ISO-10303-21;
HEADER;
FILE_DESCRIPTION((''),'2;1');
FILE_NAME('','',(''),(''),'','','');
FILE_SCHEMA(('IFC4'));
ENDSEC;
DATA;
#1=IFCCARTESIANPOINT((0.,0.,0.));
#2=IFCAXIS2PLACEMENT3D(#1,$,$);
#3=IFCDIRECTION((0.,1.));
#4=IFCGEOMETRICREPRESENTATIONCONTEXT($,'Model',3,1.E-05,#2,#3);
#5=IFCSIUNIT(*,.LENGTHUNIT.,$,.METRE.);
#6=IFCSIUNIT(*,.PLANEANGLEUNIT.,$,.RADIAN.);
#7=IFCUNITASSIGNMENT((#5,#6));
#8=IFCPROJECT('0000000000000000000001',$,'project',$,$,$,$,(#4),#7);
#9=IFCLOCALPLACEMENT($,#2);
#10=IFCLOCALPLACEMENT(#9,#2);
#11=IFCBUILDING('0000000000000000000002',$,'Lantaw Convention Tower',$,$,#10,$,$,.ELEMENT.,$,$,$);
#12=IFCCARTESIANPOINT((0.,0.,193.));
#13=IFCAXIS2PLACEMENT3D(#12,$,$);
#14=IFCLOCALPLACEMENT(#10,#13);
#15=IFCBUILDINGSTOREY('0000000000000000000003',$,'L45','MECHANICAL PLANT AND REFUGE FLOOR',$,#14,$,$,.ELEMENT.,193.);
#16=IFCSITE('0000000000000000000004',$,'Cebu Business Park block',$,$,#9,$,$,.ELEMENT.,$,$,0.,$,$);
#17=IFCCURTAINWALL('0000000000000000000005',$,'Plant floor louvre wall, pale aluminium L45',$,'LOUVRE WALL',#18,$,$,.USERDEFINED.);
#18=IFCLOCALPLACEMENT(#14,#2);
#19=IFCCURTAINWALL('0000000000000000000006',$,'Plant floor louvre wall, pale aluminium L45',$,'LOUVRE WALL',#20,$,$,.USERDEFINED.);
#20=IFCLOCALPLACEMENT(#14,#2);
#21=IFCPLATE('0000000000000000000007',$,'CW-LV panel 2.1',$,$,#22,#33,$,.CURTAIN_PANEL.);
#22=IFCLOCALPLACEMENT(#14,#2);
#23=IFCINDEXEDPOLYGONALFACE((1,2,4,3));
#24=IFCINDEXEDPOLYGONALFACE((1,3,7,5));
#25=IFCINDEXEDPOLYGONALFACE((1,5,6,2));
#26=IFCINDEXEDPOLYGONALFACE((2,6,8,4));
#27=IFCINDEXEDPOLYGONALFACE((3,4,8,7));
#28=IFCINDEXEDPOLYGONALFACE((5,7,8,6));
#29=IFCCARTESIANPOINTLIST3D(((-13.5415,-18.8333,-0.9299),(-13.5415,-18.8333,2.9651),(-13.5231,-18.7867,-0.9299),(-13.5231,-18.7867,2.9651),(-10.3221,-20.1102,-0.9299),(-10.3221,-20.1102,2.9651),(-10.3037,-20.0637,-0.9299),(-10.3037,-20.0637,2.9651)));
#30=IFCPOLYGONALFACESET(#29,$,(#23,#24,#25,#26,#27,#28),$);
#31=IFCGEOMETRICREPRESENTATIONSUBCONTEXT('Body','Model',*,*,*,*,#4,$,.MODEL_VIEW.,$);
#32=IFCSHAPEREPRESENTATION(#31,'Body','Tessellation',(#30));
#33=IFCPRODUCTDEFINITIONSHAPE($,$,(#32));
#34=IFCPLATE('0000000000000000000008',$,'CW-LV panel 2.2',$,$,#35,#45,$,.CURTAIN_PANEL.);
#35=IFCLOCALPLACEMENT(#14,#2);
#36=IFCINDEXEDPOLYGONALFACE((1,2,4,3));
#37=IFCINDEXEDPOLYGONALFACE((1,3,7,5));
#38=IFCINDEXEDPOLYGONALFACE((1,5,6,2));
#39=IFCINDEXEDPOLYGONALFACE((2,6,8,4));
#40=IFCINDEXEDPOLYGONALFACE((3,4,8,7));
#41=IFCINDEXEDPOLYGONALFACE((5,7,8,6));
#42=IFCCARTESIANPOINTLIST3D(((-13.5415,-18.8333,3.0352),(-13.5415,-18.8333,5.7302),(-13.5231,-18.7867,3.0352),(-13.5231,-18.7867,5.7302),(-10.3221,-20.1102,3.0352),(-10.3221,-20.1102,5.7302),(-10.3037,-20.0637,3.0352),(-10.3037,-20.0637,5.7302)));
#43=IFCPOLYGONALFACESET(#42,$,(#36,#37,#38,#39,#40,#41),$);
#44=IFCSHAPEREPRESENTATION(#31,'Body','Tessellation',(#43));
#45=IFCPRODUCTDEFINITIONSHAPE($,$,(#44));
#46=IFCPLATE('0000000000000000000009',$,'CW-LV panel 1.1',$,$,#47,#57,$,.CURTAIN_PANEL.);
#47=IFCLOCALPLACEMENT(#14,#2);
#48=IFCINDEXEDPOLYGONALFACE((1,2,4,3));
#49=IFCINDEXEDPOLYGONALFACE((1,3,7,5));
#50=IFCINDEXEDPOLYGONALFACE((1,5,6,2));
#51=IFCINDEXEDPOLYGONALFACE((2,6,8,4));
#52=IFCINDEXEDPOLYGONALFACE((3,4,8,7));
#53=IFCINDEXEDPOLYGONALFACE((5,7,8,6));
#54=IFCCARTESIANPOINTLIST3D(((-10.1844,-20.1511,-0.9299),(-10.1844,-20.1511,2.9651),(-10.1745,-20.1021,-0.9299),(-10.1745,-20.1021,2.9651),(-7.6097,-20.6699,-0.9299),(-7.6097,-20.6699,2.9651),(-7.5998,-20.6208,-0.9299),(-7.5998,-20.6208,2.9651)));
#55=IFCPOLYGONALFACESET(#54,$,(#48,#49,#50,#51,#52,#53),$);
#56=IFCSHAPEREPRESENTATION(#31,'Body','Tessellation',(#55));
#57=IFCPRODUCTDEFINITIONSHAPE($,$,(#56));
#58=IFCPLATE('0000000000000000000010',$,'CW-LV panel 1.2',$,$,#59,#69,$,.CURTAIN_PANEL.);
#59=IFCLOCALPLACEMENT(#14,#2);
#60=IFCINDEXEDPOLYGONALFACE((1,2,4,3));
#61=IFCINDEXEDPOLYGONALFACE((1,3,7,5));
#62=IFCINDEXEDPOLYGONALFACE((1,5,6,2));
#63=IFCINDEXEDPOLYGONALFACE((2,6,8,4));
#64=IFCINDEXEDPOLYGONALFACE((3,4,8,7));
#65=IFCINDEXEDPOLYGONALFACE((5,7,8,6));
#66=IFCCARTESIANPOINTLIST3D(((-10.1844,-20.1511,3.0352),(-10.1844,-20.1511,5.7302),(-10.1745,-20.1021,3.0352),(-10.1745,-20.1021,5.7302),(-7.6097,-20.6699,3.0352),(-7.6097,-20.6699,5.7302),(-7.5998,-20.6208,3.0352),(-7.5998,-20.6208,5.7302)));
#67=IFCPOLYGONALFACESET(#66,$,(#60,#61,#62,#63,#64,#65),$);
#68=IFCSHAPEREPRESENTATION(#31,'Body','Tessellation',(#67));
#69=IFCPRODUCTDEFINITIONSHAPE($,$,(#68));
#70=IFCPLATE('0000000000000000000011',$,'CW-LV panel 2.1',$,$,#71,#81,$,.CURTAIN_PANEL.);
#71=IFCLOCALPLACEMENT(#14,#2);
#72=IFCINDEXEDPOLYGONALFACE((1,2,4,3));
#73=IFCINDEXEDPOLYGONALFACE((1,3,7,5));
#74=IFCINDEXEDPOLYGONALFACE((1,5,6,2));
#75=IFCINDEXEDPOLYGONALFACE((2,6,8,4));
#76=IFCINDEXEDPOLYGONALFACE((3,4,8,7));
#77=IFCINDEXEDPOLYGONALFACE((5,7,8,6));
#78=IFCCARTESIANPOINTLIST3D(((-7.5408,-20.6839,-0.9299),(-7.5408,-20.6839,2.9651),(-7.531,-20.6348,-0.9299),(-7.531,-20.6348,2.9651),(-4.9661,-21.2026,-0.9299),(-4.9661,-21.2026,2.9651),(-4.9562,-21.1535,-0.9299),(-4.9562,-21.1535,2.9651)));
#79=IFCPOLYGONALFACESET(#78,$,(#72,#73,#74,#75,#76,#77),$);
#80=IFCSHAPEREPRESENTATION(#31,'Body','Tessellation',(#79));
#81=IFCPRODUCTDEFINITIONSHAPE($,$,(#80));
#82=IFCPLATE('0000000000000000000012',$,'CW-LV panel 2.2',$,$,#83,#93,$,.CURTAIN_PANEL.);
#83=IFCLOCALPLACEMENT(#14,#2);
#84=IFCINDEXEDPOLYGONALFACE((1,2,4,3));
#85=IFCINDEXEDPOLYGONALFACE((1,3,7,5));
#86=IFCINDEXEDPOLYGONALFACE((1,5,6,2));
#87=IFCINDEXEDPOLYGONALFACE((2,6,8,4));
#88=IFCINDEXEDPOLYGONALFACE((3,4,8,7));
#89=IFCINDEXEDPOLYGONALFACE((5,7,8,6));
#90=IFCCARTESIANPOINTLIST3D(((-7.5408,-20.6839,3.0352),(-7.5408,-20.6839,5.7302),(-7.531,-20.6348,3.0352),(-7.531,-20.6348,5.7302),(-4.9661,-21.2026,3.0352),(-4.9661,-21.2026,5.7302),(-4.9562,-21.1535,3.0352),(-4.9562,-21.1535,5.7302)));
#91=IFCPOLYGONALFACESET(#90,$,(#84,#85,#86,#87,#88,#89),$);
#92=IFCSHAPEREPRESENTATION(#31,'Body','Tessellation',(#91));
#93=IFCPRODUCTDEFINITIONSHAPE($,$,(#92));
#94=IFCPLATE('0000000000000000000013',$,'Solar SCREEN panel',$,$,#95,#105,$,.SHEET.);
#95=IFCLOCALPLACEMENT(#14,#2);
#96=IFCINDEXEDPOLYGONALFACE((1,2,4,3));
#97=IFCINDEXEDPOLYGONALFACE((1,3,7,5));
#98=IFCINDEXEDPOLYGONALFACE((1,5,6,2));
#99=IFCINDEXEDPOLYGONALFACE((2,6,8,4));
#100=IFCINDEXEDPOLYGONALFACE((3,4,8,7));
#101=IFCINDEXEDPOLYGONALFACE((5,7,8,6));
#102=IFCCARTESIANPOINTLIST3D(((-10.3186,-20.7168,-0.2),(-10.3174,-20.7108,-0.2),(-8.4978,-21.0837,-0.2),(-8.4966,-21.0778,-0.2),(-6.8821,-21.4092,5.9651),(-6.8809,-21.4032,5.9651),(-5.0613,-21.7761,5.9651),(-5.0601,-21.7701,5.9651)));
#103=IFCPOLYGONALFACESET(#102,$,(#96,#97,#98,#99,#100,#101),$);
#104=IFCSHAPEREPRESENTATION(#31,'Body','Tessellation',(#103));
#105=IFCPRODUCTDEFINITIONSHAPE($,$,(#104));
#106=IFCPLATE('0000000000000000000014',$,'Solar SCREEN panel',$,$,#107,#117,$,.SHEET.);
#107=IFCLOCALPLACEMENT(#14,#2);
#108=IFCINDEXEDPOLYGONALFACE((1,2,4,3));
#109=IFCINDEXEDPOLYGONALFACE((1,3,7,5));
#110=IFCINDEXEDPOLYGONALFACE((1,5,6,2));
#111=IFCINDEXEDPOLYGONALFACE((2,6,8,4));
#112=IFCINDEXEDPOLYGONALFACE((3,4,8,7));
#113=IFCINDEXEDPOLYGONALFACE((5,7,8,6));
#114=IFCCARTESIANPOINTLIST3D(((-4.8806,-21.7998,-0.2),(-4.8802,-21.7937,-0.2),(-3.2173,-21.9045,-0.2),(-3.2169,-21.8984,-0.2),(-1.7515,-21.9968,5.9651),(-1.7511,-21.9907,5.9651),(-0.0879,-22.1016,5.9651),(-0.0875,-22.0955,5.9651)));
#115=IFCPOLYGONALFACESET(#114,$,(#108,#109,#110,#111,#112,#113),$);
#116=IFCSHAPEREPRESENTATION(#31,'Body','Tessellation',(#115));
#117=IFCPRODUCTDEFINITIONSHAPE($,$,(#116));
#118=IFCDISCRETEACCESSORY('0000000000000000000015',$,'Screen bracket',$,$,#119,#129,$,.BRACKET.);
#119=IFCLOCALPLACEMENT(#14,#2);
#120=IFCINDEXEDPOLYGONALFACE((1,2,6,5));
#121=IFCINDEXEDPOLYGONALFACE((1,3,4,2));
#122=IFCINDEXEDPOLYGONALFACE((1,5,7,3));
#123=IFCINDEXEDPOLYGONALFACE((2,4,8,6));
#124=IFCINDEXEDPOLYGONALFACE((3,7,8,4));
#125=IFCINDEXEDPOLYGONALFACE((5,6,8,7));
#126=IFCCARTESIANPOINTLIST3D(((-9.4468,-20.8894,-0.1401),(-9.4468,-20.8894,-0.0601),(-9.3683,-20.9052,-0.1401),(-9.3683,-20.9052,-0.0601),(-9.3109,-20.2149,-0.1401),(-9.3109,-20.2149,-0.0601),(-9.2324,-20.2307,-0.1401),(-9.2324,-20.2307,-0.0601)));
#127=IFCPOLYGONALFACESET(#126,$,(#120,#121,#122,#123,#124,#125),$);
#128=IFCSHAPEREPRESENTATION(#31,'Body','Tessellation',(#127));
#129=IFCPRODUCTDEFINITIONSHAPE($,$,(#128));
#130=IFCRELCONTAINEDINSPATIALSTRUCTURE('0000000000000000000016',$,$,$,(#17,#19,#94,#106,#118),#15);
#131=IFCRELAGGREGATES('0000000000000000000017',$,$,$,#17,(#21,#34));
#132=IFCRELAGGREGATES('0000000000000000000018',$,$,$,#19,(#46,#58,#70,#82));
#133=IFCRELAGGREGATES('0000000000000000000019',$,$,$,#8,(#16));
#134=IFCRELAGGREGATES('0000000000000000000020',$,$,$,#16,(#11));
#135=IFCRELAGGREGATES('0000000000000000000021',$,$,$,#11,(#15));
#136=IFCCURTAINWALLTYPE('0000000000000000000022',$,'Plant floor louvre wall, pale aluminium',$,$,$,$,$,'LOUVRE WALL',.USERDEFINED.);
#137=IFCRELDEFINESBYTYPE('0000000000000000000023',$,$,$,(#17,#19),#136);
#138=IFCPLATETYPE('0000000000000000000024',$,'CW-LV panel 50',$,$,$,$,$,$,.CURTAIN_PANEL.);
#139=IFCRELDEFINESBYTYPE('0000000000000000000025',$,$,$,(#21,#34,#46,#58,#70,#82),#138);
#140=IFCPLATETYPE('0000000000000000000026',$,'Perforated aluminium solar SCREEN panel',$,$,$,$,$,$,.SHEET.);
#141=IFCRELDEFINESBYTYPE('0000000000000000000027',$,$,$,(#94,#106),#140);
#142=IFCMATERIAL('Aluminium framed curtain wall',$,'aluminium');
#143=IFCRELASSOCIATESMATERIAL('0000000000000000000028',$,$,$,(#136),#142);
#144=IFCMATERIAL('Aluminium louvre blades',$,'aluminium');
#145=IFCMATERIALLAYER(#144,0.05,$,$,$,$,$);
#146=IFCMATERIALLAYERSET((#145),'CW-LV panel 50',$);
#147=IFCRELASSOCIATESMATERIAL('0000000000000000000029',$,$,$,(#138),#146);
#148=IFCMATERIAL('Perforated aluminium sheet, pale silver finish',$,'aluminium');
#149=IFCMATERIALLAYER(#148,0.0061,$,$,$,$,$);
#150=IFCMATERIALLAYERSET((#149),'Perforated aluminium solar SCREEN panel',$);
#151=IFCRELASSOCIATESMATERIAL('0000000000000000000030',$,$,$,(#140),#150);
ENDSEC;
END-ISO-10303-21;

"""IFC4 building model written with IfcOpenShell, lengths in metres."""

from ifc_helpers import new_model, si_unit, direction, frame, origin, origin_2d, place, context, subcontext, project, spatial, polyline, rectangle, outline, extrude, material, layer, layer_set, type_object, element, aggregate, save


model = new_model("IFC4")

# Units and contexts
model_context = context("Model", 3, precision=1e-05, world=origin(), true_north=direction((0.0, 1.0)))
body_context = subcontext(model_context, "Body", "Model", "MODEL_VIEW")
ifc_project = project(units=[si_unit("LENGTHUNIT", "METRE"), si_unit("PLANEANGLEUNIT", "RADIAN")], contexts=[model_context])

# Site, building, storey
site_placement = place(None, origin())
site = spatial("IfcSite", under=ifc_project, at=site_placement, Name="Cebu Business Park block", CompositionType="ELEMENT", RefElevation=0.0)
building_placement = place(site_placement, origin())
building = spatial("IfcBuilding", under=site, at=building_placement, Name="Lantaw Convention Tower", CompositionType="ELEMENT")
storey_placement = place(building_placement, frame((0.0, 0.0, 193.0)))
storey = spatial("IfcBuildingStorey", under=building, at=storey_placement, Name="L45", Description="MECHANICAL PLANT AND REFUGE FLOOR", CompositionType="ELEMENT", Elevation=193.0)

# Curtain wall
ifc_material_1 = material(Name="Aluminium framed curtain wall", Category="aluminium")
curtain_wall_type = type_object("IfcCurtainWallType", Name="Plant floor louvre wall, pale aluminium", ElementType="LOUVRE WALL", PredefinedType="USERDEFINED", material=ifc_material_1)
curtain_wall_1_placement = place(storey_placement, origin())
curtain_wall_1 = element("IfcCurtainWall", 1, at=curtain_wall_1_placement, inside=storey, type_object=curtain_wall_type, Name="Plant floor louvre wall, pale aluminium L45", ObjectType="LOUVRE WALL", PredefinedType="USERDEFINED")

# Curtain wall
curtain_wall_2_placement = place(storey_placement, origin())
curtain_wall_2 = element("IfcCurtainWall", 2, at=curtain_wall_2_placement, inside=storey, type_object=curtain_wall_type, Name="Plant floor louvre wall, pale aluminium L45", ObjectType="LOUVRE WALL", PredefinedType="USERDEFINED")

# Plates
ifc_material_2 = material(Name="Aluminium louvre blades", Category="aluminium")
ifc_layer_1 = layer(ifc_material_2, 0.05)
ifc_layer_set_1 = layer_set([ifc_layer_1], Name="CW-LV panel 50")
plate_type_1 = type_object("IfcPlateType", Name="CW-LV panel 50", PredefinedType="CURTAIN_PANEL", material=ifc_layer_set_1)
plate_1_placement = place(storey_placement, frame((-11.9226, -19.4485, -0.9299), z_axis=(0.0, 0.0, 1.0), x_axis=(0.929548, -0.368702, 0.0)))
plate_1 = element("IfcPlate", 3, at=plate_1_placement, type_object=plate_type_1, Name="CW-LV panel 2.1", PredefinedType="CURTAIN_PANEL", context=body_context, shape_type="SweptSolid", body=[
    extrude(rectangle(XDim=3.4634, YDim=0.05, at=origin_2d()), origin(), (0.0, 0.0, 1.0), 3.895),
])
plate_2_placement = place(storey_placement, frame((-11.9226, -19.4485, 3.0352), z_axis=(0.0, 0.0, 1.0), x_axis=(0.929548, -0.368702, 0.0)))
plate_2 = element("IfcPlate", 4, at=plate_2_placement, type_object=plate_type_1, Name="CW-LV panel 2.2", PredefinedType="CURTAIN_PANEL", context=body_context, shape_type="SweptSolid", body=[
    extrude(rectangle(XDim=3.4634, YDim=0.05, at=origin_2d()), origin(), (0.0, 0.0, 1.0), 2.6951),
])
aggregate(curtain_wall_1, [plate_1, plate_2])
plate_3_placement = place(storey_placement, frame((-8.8921, -20.386, -0.9299), z_axis=(0.0, 0.0, 1.0), x_axis=(0.980302, -0.197507, 0.0)))
plate_3 = element("IfcPlate", 5, at=plate_3_placement, type_object=plate_type_1, Name="CW-LV panel 1.1", PredefinedType="CURTAIN_PANEL", context=body_context, shape_type="SweptSolid", body=[
    extrude(rectangle(XDim=2.6265, YDim=0.05, at=origin_2d()), origin(), (0.0, 0.0, 1.0), 3.895),
])
plate_4_placement = place(storey_placement, frame((-8.8921, -20.386, 3.0352), z_axis=(0.0, 0.0, 1.0), x_axis=(0.980302, -0.197507, 0.0)))
plate_4 = element("IfcPlate", 6, at=plate_4_placement, type_object=plate_type_1, Name="CW-LV panel 1.2", PredefinedType="CURTAIN_PANEL", context=body_context, shape_type="SweptSolid", body=[
    extrude(rectangle(XDim=2.6265, YDim=0.05, at=origin_2d()), origin(), (0.0, 0.0, 1.0), 2.6951),
])
plate_5_placement = place(storey_placement, frame((-6.2485, -20.9187, -0.9299), z_axis=(0.0, 0.0, 1.0), x_axis=(0.980302, -0.197507, 0.0)))
plate_5 = element("IfcPlate", 7, at=plate_5_placement, type_object=plate_type_1, Name="CW-LV panel 2.1", PredefinedType="CURTAIN_PANEL", context=body_context, shape_type="SweptSolid", body=[
    extrude(rectangle(XDim=2.6265, YDim=0.05, at=origin_2d()), origin(), (0.0, 0.0, 1.0), 3.895),
])
plate_6_placement = place(storey_placement, frame((-6.2485, -20.9187, 3.0352), z_axis=(0.0, 0.0, 1.0), x_axis=(0.980302, -0.197507, 0.0)))
plate_6 = element("IfcPlate", 8, at=plate_6_placement, type_object=plate_type_1, Name="CW-LV panel 2.2", PredefinedType="CURTAIN_PANEL", context=body_context, shape_type="SweptSolid", body=[
    extrude(rectangle(XDim=2.6265, YDim=0.05, at=origin_2d()), origin(), (0.0, 0.0, 1.0), 2.6951),
])
aggregate(curtain_wall_2, [plate_3, plate_4, plate_5, plate_6])

# Plates
ifc_material_3 = material(Name="Perforated aluminium sheet, pale silver finish", Category="aluminium")
ifc_layer_2 = layer(ifc_material_3, 0.0061)
ifc_layer_set_2 = layer_set([ifc_layer_2], Name="Perforated aluminium solar SCREEN panel")
plate_type_2 = type_object("IfcPlateType", Name="Perforated aluminium solar SCREEN panel", PredefinedType="SHEET", material=ifc_layer_set_2)
plate_7_placement = place(storey_placement, frame((-10.3186, -20.7168, -0.2), z_axis=(-0.197557, -0.980291, 0.000028), x_axis=(0.980291, -0.197557, 0.0)))
element("IfcPlate", 9, at=plate_7_placement, inside=storey, type_object=plate_type_2, Name="Solar SCREEN panel", PredefinedType="SHEET", context=body_context, shape_type="SweptSolid", body=[
    extrude(outline(polyline([(0.0, 0.0), (1.8574, 0.0), (5.363, 6.165), (3.5056, 6.165), (0.0, 0.0)])), origin(), (0.0, 0.0, -1.0), 0.0061),
])
plate_8_placement = place(storey_placement, frame((-4.8806, -21.7998, -0.2), z_axis=(-0.062839, -0.998024, 0.000001), x_axis=(0.998024, -0.062839, 0.0)))
element("IfcPlate", 10, at=plate_8_placement, inside=storey, type_object=plate_type_2, Name="Solar SCREEN panel", PredefinedType="SHEET", context=body_context, shape_type="SweptSolid", body=[
    extrude(outline(polyline([(0.0, 0.0), (1.6666, 0.0), (4.8022, 6.165), (3.1353, 6.165), (0.0, 0.0)])), origin(), (0.0, 0.0, -1.0), 0.0061),
])

# Discrete accessory
discrete_accessory_placement = place(storey_placement, frame((-9.3396, -20.5601, -0.1401), z_axis=(0.0, 0.0, 1.0), x_axis=(0.980302, -0.197507, 0.0)))
element("IfcDiscreteAccessory", 11, at=discrete_accessory_placement, inside=storey, Name="Screen bracket", PredefinedType="BRACKET", context=body_context, shape_type="SweptSolid", body=[
    extrude(rectangle(XDim=0.0801, YDim=0.688, at=origin_2d()), origin(), (0.0, 0.0, 1.0), 0.0801),
])

save(model, "model.ifc")
